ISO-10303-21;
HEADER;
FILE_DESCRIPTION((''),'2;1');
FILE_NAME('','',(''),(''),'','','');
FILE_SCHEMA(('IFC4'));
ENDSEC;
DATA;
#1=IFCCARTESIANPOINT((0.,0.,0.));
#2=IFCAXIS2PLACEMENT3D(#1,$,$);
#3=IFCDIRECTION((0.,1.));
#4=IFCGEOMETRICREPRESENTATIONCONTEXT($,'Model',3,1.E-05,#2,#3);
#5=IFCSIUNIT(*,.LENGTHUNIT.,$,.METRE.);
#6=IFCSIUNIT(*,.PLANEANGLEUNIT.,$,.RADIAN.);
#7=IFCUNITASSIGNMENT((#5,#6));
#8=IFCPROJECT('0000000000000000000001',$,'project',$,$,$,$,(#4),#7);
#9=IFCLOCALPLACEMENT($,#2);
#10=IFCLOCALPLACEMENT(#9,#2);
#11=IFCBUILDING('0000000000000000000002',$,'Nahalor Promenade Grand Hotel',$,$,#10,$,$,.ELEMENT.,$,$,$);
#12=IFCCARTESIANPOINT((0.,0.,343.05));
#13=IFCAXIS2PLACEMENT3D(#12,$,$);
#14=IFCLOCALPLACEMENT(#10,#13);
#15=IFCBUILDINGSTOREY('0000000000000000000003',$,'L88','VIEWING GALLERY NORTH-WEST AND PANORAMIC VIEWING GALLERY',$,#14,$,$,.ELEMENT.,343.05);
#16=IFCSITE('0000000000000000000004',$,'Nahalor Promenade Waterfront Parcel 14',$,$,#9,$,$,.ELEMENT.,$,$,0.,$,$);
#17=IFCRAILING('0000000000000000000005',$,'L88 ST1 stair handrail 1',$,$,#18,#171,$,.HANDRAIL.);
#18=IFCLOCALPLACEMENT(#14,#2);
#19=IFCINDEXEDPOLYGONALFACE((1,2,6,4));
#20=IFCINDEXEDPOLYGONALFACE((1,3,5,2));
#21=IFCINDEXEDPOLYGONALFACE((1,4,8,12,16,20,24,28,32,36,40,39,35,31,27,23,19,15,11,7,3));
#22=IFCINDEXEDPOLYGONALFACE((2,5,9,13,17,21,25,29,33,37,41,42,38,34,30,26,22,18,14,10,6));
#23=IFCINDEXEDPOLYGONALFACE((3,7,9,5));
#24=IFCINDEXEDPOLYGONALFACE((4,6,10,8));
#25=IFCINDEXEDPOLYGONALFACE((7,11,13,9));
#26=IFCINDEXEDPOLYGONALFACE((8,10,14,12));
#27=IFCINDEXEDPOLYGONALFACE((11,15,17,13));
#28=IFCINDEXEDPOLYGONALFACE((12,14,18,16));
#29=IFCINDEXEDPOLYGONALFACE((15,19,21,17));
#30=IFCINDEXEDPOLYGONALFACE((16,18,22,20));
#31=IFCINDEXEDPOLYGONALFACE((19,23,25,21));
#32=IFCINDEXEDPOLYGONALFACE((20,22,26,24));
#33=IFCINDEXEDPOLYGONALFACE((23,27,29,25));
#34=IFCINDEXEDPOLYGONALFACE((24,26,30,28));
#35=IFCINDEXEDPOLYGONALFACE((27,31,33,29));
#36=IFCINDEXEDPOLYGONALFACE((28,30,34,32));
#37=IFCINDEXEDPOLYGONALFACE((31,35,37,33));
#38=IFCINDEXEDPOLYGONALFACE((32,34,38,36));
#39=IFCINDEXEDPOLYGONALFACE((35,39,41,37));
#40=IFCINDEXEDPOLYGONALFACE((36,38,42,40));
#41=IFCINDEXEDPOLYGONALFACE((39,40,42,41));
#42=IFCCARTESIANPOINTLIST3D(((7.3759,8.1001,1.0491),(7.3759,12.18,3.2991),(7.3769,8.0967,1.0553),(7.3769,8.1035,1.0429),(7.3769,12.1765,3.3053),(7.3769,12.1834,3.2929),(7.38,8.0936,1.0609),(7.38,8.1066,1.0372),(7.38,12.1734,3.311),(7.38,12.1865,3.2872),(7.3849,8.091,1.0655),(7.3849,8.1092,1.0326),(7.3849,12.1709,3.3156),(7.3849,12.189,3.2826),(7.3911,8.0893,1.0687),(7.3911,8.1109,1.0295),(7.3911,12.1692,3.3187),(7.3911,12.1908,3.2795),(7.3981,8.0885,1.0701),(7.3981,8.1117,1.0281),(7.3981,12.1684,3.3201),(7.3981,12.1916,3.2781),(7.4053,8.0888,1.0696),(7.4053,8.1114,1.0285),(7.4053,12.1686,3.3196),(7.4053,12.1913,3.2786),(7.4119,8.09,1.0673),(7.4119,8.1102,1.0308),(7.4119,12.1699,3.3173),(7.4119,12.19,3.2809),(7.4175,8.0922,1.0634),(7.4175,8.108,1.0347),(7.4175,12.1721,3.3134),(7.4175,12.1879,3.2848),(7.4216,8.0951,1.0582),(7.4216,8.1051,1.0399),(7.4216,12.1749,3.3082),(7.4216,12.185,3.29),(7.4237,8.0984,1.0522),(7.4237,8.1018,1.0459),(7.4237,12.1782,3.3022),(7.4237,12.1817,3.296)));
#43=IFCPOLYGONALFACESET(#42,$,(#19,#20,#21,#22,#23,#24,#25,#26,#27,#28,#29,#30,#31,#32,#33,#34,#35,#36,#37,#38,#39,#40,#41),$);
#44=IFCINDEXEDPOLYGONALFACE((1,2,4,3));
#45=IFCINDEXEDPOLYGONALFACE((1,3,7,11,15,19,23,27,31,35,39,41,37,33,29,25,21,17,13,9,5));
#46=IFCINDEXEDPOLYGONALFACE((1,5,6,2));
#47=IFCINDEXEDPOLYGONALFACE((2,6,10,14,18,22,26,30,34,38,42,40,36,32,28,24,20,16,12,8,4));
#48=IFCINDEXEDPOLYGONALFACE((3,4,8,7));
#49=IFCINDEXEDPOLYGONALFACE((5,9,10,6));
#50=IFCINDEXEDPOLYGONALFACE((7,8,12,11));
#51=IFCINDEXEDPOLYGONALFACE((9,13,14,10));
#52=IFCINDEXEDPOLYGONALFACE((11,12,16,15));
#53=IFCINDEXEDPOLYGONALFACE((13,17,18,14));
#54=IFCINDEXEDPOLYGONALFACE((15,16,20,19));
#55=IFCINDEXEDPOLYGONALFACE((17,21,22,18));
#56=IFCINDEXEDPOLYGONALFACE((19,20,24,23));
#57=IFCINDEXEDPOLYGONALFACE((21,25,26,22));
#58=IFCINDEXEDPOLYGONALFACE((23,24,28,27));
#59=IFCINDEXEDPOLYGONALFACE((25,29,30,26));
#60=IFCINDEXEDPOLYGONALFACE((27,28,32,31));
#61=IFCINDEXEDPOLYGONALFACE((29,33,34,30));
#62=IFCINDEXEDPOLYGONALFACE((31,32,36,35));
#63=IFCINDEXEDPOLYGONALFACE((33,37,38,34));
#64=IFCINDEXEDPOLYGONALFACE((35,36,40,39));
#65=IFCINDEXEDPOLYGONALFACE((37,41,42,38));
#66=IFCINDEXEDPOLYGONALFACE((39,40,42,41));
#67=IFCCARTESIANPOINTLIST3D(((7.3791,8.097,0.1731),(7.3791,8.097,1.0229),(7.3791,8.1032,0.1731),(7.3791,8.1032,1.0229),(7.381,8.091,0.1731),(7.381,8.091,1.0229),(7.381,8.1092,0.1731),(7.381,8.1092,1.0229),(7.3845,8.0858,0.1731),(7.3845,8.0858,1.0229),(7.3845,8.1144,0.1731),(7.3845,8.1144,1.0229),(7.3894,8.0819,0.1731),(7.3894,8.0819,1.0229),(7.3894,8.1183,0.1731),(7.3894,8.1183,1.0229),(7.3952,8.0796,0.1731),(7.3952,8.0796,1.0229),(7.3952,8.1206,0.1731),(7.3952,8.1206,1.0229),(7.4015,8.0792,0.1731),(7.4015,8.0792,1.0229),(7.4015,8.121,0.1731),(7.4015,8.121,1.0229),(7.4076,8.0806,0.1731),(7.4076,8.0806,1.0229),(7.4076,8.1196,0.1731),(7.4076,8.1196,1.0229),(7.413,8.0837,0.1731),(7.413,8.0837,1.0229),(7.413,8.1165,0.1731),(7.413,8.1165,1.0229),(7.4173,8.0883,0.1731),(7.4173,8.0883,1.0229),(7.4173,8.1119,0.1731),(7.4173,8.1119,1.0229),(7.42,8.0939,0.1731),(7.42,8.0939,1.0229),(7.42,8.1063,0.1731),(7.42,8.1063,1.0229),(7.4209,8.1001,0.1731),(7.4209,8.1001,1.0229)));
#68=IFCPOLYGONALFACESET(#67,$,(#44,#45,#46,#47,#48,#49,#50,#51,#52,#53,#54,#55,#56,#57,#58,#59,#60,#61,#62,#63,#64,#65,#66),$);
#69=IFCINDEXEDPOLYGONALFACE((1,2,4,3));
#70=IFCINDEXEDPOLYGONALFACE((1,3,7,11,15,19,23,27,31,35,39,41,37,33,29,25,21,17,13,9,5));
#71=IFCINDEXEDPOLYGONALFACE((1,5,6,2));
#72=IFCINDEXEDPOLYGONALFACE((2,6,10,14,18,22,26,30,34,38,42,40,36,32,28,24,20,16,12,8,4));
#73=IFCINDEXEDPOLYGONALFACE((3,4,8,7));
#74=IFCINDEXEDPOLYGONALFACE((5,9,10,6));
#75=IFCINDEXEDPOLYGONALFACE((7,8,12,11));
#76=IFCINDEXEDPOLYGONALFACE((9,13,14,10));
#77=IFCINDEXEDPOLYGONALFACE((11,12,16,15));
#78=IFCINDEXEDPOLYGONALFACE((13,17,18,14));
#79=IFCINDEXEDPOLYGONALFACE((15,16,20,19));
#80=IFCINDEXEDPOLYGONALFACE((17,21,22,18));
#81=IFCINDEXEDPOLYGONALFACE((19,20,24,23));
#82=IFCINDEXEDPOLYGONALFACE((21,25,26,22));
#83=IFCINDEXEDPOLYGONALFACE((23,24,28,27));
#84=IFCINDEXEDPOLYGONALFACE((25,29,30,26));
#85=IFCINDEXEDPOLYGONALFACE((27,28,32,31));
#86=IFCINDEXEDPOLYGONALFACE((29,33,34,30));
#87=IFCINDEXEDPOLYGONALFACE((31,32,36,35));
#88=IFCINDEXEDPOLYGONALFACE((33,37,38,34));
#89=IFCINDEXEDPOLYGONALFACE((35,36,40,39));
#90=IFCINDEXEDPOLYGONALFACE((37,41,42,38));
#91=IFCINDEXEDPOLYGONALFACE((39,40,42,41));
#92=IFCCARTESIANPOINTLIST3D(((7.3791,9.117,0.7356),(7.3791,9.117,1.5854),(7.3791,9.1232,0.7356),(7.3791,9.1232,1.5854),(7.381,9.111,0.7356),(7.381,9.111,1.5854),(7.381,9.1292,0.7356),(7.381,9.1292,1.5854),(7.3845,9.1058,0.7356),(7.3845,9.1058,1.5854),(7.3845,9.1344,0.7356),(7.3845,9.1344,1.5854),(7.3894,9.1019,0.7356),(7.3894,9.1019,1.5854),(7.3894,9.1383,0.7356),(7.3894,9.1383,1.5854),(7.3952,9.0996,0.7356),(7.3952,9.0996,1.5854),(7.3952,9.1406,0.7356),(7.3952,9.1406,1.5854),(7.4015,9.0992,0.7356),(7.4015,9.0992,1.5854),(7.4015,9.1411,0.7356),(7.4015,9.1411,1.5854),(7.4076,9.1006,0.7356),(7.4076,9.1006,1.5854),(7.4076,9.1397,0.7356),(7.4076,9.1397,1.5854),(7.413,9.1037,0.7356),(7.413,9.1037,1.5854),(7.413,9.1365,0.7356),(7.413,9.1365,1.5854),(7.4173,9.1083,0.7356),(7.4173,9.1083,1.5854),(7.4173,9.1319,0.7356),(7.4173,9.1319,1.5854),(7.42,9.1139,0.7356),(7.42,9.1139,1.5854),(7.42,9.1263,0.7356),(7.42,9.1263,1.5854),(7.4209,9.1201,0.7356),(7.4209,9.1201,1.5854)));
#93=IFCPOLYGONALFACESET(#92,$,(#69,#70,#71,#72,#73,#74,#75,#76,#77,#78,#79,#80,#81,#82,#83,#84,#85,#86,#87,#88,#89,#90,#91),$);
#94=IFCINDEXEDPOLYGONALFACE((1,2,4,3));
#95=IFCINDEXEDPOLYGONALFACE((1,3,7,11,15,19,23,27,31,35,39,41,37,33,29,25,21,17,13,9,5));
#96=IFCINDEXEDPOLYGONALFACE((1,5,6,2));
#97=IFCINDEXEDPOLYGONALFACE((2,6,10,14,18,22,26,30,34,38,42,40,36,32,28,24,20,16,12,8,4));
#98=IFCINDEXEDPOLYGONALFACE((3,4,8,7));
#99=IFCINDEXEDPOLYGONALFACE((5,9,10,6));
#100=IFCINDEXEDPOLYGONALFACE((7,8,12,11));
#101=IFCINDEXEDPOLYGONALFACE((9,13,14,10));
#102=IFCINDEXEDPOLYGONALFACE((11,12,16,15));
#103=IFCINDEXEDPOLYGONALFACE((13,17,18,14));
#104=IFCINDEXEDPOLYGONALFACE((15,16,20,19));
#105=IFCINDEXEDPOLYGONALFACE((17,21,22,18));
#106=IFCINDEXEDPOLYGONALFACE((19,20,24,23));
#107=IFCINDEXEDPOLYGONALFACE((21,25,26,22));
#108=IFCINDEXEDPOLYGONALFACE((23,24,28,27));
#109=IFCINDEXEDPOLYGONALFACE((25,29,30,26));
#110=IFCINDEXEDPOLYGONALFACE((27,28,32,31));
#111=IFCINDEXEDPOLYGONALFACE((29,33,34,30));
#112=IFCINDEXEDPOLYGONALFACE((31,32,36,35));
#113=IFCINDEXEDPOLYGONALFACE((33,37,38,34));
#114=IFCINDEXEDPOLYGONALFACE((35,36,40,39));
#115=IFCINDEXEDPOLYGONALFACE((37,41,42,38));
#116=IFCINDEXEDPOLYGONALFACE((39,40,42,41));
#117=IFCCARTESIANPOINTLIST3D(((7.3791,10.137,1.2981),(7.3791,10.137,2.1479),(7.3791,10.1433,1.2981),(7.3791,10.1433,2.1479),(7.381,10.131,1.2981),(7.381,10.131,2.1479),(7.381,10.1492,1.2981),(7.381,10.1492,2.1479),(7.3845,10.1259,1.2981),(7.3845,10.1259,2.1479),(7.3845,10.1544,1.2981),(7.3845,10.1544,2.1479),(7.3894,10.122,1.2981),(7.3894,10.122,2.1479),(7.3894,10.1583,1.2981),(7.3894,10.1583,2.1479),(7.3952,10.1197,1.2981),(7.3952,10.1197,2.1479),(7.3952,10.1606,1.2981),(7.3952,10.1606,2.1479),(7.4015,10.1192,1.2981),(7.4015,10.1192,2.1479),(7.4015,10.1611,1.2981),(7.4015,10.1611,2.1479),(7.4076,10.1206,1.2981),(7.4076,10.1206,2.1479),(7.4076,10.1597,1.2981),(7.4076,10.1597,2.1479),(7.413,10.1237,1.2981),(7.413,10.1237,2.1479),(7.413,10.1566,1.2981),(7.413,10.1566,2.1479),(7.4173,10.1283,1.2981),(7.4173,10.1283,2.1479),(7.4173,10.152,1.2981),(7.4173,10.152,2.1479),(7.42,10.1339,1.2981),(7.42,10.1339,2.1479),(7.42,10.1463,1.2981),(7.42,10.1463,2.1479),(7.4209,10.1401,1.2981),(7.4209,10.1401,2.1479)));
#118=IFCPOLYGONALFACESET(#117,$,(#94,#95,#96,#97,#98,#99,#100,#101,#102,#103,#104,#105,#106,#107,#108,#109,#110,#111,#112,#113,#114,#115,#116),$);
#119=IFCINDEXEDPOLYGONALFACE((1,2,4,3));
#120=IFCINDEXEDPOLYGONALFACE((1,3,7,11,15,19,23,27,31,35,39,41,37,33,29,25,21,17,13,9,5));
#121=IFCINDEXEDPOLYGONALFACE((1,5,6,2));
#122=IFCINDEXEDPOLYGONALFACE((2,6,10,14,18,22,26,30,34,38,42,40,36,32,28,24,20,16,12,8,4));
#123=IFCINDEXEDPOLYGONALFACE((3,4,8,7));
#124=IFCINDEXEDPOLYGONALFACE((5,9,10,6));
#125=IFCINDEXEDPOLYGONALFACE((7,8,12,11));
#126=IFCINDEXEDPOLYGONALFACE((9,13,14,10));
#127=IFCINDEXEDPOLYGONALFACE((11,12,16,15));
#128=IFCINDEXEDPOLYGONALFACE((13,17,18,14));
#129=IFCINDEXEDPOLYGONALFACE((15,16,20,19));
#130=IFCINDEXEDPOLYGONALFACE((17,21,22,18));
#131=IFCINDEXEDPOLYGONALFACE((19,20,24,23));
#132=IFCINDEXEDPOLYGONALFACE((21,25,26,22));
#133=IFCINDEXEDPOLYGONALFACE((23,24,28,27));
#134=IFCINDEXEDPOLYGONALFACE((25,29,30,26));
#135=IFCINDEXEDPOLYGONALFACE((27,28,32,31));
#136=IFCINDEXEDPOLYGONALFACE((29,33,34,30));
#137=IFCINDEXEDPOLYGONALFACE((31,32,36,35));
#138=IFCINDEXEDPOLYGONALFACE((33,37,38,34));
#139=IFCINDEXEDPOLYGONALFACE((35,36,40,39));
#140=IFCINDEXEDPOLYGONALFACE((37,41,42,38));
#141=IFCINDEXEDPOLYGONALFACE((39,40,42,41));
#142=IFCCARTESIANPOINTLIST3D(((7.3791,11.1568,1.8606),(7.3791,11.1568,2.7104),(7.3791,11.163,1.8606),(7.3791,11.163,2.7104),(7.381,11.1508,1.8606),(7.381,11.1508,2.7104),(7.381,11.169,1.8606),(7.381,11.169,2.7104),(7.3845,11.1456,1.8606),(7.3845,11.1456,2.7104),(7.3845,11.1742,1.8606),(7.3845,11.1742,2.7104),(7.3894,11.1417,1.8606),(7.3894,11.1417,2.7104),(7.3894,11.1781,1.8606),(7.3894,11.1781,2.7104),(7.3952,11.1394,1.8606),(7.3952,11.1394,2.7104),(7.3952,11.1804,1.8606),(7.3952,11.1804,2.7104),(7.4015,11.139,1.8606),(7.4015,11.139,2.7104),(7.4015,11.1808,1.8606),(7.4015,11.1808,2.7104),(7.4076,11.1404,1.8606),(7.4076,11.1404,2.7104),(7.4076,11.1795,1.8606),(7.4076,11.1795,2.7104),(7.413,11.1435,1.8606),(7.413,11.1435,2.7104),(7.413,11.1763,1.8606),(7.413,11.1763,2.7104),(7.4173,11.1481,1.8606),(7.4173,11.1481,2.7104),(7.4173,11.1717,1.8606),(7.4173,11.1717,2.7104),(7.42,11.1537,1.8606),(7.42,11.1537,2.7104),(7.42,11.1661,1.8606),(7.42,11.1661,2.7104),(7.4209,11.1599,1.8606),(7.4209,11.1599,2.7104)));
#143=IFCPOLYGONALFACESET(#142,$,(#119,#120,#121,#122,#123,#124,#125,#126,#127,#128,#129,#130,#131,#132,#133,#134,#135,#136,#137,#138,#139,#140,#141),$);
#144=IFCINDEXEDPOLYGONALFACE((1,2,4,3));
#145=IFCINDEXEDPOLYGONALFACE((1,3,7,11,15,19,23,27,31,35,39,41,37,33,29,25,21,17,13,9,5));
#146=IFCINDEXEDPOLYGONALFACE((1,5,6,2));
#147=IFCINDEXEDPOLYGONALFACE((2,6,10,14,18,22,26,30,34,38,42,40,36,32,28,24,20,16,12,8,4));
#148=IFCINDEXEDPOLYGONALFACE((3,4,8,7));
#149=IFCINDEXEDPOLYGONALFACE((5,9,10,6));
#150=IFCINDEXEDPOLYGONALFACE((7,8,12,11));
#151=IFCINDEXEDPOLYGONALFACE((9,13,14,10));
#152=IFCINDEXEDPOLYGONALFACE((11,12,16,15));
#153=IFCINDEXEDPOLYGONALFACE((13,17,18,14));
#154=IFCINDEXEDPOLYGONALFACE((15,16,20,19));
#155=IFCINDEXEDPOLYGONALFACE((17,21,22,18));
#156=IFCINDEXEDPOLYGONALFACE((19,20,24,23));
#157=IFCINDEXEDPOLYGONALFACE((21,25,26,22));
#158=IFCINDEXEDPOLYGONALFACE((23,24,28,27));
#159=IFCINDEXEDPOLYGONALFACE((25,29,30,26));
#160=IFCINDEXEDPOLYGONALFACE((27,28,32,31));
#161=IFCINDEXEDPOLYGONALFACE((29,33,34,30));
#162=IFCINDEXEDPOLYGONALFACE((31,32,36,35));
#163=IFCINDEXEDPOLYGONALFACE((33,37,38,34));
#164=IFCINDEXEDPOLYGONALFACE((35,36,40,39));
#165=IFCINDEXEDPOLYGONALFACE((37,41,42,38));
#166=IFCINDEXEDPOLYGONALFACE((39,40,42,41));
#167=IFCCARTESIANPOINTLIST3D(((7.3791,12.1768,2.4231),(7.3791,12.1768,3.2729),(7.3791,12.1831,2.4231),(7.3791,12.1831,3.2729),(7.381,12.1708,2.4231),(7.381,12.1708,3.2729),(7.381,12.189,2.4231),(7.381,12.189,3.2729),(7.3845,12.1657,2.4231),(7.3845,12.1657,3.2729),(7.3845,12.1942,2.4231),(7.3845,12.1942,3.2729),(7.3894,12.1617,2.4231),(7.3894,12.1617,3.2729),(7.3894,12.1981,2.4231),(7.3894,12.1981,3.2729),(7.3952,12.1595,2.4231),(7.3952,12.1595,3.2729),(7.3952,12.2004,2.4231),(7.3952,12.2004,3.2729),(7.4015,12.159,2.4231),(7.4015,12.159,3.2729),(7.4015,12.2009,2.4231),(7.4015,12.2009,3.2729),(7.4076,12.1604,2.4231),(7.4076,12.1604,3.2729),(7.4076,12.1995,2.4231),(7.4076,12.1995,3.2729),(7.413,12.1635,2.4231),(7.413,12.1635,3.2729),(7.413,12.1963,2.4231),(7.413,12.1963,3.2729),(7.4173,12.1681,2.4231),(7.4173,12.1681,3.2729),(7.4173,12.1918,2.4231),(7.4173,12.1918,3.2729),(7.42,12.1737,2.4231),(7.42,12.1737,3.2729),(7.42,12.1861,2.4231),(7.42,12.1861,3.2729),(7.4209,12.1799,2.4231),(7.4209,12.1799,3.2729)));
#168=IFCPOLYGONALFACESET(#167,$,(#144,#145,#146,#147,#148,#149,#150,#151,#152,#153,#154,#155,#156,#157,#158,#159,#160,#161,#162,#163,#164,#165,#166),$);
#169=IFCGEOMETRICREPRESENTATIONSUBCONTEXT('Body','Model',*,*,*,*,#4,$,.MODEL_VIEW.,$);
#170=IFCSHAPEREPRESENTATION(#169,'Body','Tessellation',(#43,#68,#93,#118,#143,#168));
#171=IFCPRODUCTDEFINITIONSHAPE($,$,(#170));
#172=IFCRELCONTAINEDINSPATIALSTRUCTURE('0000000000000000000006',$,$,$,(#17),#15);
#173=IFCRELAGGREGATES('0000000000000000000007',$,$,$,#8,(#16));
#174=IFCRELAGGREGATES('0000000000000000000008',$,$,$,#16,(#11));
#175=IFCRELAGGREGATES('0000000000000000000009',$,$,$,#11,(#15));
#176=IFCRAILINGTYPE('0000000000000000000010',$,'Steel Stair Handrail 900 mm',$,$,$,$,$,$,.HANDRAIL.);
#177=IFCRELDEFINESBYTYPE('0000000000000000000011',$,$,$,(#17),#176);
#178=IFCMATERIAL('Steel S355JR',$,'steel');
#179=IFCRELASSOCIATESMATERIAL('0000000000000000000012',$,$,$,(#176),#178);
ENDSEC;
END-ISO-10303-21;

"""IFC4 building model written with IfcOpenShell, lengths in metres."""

from ifc_helpers import new_model, si_unit, direction, frame, origin, origin_2d, place, context, subcontext, project, spatial, circle, extrude, material, type_object, element, save


model = new_model("IFC4")

# Units and contexts
model_context = context("Model", 3, precision=1e-05, world=origin(), true_north=direction((0.0, 1.0)))
body_context = subcontext(model_context, "Body", "Model", "MODEL_VIEW")
ifc_project = project(units=[si_unit("LENGTHUNIT", "METRE"), si_unit("PLANEANGLEUNIT", "RADIAN")], contexts=[model_context])

# Site, building, storey
site_placement = place(None, origin())
site = spatial("IfcSite", under=ifc_project, at=site_placement, Name="Nahalor Promenade Waterfront Parcel 14", CompositionType="ELEMENT", RefElevation=0.0)
building_placement = place(site_placement, origin())
building = spatial("IfcBuilding", under=site, at=building_placement, Name="Nahalor Promenade Grand Hotel", CompositionType="ELEMENT")
storey_placement = place(building_placement, frame((0.0, 0.0, 343.05)))
storey = spatial("IfcBuildingStorey", under=building, at=storey_placement, Name="L88", Description="VIEWING GALLERY NORTH-WEST AND PANORAMIC VIEWING GALLERY", CompositionType="ELEMENT", Elevation=343.05)

# Shared definitions
ifc_material_1 = material(Name="Steel S355JR", Category="steel")

# Railing
railing_type_1 = type_object("IfcRailingType", Name="Steel Stair Handrail 900 mm", PredefinedType="HANDRAIL", material=ifc_material_1)
railing_1_placement = place(storey_placement, frame((7.3999, 8.1001, 0.1731)))
element("IfcRailing", 1, at=railing_1_placement, inside=storey, type_object=railing_type_1, Name="L88 ST1 stair handrail 1", PredefinedType="HANDRAIL", context=body_context, shape_type="SweptSolid", body=[
    extrude(circle(Radius=0.024, at=origin_2d()), frame((0.0, 0.0, 0.876), z_axis=(0.0, 0.875663, 0.482922), x_axis=(-1.0, 0.0, 0.0)), (0.0, 0.0, 1.0), 4.6592),
    extrude(circle(Radius=0.021, at=origin_2d()), origin(), (0.0, 0.0, 1.0), 0.8499),
    extrude(circle(Radius=0.021, at=origin_2d()), frame((0.0, 1.02, 0.5625)), (0.0, 0.0, 1.0), 0.8499),
    extrude(circle(Radius=0.021, at=origin_2d()), frame((0.0, 2.04, 1.125)), (0.0, 0.0, 1.0), 0.8499),
    extrude(circle(Radius=0.021, at=origin_2d()), frame((0.0, 3.0598, 1.6875)), (0.0, 0.0, 1.0), 0.8499),
    extrude(circle(Radius=0.021, at=origin_2d()), frame((0.0, 4.0798, 2.25)), (0.0, 0.0, 1.0), 0.8499),
])

save(model, "model.ifc")
